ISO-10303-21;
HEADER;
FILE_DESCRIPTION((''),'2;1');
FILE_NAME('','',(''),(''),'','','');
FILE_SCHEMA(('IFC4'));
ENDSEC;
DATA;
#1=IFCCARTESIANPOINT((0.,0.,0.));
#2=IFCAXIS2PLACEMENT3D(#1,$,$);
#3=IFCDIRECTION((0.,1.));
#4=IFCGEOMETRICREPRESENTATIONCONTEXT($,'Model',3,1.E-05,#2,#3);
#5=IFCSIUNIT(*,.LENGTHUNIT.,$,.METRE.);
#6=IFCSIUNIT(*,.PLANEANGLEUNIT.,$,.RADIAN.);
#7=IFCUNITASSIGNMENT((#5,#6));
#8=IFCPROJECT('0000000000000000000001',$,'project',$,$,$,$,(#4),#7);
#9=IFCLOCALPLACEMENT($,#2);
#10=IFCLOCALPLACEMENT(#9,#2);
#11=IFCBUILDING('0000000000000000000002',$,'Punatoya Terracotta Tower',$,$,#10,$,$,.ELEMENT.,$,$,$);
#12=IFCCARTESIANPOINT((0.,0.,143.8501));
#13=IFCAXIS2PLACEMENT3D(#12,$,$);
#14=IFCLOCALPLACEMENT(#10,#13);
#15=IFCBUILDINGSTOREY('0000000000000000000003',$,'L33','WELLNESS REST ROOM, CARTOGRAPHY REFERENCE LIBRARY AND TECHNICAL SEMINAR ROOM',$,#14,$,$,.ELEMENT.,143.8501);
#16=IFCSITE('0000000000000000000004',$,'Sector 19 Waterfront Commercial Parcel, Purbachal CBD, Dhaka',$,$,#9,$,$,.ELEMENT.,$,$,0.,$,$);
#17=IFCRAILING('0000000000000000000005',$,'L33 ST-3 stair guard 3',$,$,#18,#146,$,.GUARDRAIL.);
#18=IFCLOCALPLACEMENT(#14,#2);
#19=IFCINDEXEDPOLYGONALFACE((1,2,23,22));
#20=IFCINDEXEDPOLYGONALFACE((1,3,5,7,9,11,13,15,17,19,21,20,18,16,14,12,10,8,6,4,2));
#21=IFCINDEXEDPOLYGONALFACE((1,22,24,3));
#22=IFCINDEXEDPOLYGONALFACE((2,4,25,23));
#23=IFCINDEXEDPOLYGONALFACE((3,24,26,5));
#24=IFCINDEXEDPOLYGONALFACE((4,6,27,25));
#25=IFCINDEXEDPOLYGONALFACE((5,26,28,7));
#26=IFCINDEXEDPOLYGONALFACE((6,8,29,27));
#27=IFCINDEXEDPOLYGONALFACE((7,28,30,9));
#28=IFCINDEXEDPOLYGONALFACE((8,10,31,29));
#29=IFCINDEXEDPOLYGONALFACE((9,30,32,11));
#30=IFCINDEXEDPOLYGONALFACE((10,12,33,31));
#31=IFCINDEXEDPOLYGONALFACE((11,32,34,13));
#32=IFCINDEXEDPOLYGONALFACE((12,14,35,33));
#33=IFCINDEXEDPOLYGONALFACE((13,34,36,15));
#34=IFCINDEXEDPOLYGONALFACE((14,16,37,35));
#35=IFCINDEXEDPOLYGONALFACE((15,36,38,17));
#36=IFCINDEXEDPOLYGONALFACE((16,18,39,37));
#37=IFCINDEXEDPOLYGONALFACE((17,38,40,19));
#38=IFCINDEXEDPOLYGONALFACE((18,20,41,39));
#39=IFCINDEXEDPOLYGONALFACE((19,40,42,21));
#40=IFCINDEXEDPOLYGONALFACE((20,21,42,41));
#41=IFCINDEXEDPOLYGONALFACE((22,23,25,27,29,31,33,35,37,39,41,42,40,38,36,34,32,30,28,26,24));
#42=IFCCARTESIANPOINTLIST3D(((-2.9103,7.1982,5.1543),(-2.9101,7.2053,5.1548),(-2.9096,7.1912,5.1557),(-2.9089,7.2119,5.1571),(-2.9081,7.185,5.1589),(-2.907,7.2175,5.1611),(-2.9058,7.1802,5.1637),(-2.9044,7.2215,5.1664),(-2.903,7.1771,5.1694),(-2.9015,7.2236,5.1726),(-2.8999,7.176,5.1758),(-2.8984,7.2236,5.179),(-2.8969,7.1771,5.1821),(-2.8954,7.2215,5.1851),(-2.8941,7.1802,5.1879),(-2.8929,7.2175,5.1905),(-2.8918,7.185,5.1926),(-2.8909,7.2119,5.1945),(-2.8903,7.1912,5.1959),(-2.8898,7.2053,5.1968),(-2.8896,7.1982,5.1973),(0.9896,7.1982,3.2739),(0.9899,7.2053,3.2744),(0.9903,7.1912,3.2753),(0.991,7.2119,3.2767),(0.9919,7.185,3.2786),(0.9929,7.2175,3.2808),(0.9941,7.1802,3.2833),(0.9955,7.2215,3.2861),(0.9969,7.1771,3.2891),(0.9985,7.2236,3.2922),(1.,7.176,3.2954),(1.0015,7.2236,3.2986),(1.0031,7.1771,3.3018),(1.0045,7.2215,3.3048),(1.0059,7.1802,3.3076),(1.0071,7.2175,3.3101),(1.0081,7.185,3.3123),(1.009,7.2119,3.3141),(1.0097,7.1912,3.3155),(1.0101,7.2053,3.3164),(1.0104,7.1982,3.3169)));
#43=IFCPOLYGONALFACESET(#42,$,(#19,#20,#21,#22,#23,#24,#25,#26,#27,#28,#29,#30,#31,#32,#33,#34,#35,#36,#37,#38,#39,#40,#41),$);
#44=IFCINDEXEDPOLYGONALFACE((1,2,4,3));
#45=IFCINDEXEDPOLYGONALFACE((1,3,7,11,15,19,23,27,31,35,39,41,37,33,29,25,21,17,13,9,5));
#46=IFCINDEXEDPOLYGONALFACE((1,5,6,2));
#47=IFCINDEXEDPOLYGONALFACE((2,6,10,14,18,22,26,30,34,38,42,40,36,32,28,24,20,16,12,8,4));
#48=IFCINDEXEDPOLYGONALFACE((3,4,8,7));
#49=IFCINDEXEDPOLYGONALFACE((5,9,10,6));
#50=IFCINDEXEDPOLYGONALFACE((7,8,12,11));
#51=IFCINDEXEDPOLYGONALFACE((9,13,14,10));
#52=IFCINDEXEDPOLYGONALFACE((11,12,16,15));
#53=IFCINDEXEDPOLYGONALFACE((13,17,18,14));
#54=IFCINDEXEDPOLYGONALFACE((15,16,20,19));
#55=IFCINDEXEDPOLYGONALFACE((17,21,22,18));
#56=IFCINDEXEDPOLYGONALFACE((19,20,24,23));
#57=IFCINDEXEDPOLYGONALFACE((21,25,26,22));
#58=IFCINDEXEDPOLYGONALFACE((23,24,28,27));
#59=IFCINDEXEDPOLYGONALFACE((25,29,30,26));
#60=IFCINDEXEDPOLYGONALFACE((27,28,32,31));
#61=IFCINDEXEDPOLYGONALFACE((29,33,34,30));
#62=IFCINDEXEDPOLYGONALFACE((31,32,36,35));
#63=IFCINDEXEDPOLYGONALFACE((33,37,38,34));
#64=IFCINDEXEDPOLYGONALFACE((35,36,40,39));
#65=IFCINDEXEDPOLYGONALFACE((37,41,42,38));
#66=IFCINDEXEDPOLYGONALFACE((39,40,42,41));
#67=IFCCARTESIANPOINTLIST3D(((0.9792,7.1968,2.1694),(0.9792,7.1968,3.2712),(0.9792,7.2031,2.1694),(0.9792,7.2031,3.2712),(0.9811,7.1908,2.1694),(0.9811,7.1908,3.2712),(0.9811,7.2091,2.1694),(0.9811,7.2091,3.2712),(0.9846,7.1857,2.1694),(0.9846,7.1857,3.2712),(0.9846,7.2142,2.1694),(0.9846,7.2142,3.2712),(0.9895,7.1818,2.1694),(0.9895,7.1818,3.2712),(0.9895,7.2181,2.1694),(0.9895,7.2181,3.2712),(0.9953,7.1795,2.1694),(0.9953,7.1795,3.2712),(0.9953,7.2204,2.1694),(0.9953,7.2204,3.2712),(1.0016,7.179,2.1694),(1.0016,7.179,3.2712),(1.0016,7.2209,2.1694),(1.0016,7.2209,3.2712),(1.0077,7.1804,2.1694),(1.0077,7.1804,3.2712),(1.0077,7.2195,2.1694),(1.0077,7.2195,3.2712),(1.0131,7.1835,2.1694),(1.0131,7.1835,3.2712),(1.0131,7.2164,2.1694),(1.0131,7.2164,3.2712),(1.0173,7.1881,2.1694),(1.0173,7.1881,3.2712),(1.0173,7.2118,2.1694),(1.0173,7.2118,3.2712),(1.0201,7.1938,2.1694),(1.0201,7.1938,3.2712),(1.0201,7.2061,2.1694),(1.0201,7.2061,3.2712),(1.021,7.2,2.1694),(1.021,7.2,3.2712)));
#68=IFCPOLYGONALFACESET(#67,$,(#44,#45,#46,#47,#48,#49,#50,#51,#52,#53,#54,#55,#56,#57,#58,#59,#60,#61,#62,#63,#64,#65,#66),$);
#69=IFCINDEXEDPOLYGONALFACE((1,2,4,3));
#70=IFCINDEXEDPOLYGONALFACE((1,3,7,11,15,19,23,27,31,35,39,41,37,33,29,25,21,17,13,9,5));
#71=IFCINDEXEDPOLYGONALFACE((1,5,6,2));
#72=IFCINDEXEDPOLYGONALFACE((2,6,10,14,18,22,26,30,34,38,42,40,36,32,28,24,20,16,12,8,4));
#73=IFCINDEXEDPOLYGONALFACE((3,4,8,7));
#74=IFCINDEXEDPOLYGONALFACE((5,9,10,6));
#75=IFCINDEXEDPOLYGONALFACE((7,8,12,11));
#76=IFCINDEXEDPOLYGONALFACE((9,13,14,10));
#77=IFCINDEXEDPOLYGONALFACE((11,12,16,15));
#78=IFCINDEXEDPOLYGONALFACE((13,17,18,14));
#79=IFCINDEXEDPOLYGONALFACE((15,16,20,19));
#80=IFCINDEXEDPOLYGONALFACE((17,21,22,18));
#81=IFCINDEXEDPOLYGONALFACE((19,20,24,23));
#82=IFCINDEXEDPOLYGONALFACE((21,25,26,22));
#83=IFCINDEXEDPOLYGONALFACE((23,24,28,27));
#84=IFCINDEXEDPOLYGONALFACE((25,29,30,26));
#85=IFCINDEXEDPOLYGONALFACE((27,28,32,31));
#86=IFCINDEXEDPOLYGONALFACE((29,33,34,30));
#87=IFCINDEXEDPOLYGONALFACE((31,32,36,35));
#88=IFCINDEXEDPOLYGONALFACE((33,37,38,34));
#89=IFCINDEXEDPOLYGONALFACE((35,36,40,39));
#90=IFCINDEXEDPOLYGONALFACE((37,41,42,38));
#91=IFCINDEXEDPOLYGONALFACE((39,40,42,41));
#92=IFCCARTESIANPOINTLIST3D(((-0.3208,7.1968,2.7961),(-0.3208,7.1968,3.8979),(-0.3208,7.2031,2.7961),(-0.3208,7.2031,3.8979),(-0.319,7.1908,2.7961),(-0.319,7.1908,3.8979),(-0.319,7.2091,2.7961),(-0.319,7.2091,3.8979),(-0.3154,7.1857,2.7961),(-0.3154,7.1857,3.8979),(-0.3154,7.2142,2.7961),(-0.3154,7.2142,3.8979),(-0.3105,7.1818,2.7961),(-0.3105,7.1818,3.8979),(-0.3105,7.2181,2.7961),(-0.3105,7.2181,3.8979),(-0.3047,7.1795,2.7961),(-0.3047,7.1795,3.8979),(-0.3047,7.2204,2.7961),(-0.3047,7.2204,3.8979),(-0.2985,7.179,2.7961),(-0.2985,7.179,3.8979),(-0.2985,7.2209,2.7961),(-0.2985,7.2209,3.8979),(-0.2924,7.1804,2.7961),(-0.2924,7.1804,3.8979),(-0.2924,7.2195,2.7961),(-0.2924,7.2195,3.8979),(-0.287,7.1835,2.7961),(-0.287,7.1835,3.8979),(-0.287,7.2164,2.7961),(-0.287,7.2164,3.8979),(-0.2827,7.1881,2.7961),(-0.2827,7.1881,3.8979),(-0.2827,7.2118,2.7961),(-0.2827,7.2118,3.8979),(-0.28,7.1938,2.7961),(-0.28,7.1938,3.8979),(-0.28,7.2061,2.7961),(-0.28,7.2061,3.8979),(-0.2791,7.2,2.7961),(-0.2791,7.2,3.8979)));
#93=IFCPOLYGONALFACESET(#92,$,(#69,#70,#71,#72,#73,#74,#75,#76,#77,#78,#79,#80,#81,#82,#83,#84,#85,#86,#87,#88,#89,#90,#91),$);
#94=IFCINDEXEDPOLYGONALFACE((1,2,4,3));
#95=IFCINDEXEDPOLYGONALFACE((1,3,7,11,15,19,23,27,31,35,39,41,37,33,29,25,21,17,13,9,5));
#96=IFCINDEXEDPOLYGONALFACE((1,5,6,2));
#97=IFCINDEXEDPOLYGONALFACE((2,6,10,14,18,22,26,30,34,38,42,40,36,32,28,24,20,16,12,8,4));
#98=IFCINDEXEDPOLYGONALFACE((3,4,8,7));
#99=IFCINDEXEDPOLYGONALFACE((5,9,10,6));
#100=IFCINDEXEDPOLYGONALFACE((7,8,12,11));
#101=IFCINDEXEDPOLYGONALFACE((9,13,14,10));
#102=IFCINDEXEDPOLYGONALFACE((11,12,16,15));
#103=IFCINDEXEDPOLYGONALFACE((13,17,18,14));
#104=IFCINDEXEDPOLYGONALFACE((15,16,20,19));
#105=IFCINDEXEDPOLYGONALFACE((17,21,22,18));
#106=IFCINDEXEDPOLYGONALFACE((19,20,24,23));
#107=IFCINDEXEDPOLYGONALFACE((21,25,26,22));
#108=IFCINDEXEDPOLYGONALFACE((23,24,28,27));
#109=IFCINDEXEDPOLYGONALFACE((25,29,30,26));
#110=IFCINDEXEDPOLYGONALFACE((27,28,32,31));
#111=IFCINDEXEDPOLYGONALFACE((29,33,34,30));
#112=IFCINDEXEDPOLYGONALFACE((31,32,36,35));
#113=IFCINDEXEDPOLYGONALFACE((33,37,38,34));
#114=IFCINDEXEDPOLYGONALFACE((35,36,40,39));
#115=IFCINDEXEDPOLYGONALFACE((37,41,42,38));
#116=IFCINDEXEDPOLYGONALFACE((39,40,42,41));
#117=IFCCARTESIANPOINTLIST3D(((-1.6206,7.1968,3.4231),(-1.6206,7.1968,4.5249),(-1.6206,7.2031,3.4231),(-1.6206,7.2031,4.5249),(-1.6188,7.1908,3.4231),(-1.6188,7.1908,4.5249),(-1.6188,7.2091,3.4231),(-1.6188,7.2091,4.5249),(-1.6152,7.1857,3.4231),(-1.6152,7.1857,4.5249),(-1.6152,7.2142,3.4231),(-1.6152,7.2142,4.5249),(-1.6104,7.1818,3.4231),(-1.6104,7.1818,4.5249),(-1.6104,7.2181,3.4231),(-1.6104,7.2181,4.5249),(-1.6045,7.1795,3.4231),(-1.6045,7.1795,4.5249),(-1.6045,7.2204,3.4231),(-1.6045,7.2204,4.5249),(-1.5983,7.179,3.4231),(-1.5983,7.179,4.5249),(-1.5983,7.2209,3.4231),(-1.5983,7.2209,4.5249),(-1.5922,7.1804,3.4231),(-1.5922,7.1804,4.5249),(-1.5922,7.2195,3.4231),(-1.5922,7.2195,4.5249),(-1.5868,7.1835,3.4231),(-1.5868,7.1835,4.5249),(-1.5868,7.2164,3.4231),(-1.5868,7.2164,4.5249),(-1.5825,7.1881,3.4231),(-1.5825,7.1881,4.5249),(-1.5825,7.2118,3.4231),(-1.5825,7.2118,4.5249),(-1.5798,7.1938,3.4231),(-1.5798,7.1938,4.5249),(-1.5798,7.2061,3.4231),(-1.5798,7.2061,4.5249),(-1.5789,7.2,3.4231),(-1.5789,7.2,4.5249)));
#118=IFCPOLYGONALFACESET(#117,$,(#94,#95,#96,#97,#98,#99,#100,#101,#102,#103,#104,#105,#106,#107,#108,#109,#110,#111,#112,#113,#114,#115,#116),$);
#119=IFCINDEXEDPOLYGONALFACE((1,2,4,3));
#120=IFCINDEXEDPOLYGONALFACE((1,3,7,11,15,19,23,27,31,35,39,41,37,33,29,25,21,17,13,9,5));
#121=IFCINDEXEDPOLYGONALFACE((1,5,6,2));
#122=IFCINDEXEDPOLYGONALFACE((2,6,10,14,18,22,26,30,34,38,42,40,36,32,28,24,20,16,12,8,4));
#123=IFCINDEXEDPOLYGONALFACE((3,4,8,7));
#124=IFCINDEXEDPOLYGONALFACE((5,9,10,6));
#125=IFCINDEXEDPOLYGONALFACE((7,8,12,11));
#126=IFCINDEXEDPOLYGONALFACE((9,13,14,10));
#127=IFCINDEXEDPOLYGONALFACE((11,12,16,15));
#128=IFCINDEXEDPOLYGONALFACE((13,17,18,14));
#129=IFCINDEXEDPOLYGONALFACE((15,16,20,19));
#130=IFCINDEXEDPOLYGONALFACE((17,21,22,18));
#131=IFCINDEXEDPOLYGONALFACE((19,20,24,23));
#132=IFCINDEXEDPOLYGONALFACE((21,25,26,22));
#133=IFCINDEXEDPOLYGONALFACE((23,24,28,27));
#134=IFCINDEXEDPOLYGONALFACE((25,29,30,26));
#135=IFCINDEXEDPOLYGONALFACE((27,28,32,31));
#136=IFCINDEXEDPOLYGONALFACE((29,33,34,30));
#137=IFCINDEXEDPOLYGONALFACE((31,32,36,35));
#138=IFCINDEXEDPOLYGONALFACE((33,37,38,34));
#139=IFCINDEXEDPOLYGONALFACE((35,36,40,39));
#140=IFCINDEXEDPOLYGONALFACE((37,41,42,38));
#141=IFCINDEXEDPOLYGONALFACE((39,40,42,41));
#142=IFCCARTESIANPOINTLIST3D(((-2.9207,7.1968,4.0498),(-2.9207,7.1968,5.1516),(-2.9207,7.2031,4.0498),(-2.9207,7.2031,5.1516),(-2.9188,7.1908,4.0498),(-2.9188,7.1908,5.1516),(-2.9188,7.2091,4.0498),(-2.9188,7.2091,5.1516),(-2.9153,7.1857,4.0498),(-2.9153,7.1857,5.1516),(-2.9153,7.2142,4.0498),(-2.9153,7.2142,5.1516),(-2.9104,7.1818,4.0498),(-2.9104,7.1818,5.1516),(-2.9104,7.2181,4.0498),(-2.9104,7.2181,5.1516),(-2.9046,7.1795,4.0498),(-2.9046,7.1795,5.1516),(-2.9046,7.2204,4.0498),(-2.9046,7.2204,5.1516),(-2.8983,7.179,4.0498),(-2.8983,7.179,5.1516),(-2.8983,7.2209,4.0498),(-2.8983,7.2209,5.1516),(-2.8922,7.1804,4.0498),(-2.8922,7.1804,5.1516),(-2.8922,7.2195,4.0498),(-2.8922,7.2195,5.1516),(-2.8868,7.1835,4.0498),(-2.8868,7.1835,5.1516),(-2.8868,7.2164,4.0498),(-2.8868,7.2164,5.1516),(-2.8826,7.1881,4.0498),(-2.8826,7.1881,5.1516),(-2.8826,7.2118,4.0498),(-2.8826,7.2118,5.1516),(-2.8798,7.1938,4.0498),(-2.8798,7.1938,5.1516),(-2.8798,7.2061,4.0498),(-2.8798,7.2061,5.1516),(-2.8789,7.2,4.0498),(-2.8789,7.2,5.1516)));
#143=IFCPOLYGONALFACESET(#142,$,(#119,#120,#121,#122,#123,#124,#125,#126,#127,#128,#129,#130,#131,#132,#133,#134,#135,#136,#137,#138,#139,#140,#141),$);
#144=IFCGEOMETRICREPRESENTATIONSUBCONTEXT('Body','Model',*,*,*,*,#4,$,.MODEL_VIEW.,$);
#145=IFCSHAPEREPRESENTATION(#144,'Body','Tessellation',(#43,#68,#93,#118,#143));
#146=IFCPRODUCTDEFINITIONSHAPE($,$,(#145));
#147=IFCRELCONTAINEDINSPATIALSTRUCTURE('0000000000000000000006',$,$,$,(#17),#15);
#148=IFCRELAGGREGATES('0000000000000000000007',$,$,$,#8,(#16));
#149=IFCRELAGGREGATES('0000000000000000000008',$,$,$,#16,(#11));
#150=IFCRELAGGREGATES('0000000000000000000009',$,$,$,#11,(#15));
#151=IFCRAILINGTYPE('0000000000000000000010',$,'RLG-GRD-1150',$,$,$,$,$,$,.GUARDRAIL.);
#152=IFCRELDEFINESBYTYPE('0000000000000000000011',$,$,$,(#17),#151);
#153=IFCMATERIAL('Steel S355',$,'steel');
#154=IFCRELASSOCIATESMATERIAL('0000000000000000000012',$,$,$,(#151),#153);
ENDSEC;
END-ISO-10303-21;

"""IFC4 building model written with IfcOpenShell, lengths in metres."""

from ifc_helpers import new_model, si_unit, direction, frame, origin, origin_2d, place, context, subcontext, project, spatial, circle, extrude, material, type_object, element, save


model = new_model("IFC4")

# Units and contexts
model_context = context("Model", 3, precision=1e-05, world=origin(), true_north=direction((0.0, 1.0)))
body_context = subcontext(model_context, "Body", "Model", "MODEL_VIEW")
ifc_project = project(units=[si_unit("LENGTHUNIT", "METRE"), si_unit("PLANEANGLEUNIT", "RADIAN")], contexts=[model_context])

# Site, building, storey
site_placement = place(None, origin())
site = spatial("IfcSite", under=ifc_project, at=site_placement, Name="Sector 19 Waterfront Commercial Parcel, Purbachal CBD, Dhaka", CompositionType="ELEMENT", RefElevation=0.0)
building_placement = place(site_placement, origin())
building = spatial("IfcBuilding", under=site, at=building_placement, Name="Punatoya Terracotta Tower", CompositionType="ELEMENT")
storey_placement = place(building_placement, frame((0.0, 0.0, 143.8501)))
storey = spatial("IfcBuildingStorey", under=building, at=storey_placement, Name="L33", Description="WELLNESS REST ROOM, CARTOGRAPHY REFERENCE LIBRARY AND TECHNICAL SEMINAR ROOM", CompositionType="ELEMENT", Elevation=143.8501)

# Shared definitions
ifc_material_1 = material(Name="Steel S355", Category="steel")

# Railing
railing_type_1 = type_object("IfcRailingType", Name="RLG-GRD-1150", PredefinedType="GUARDRAIL", material=ifc_material_1)
railing_1_placement = place(storey_placement, frame((1.0, 7.2, 2.1694)))
element("IfcRailing", 1, at=railing_1_placement, inside=storey, type_object=railing_type_1, Name="L33 ST-3 stair guard 3", PredefinedType="GUARDRAIL", context=body_context, shape_type="SweptSolid", body=[
    extrude(circle(Radius=0.0239, at=origin_2d()), frame((0.0, 0.0, 1.126), z_axis=(-0.900763, 0.0, 0.434311), x_axis=(0.0, -1.0, 0.0)), (0.0, 0.0, 1.0), 4.3296),
    extrude(circle(Radius=0.021, at=origin_2d()), origin(), (0.0, 0.0, 1.0), 1.1018),
    extrude(circle(Radius=0.021, at=origin_2d()), frame((-1.3, 0.0, 0.6267)), (0.0, 0.0, 1.0), 1.1018),
    extrude(circle(Radius=0.021, at=origin_2d()), frame((-2.5999, 0.0, 1.2537)), (0.0, 0.0, 1.0), 1.1018),
    extrude(circle(Radius=0.021, at=origin_2d()), frame((-3.8999, 0.0, 1.8804)), (0.0, 0.0, 1.0), 1.1018),
])

save(model, "model.ifc")
